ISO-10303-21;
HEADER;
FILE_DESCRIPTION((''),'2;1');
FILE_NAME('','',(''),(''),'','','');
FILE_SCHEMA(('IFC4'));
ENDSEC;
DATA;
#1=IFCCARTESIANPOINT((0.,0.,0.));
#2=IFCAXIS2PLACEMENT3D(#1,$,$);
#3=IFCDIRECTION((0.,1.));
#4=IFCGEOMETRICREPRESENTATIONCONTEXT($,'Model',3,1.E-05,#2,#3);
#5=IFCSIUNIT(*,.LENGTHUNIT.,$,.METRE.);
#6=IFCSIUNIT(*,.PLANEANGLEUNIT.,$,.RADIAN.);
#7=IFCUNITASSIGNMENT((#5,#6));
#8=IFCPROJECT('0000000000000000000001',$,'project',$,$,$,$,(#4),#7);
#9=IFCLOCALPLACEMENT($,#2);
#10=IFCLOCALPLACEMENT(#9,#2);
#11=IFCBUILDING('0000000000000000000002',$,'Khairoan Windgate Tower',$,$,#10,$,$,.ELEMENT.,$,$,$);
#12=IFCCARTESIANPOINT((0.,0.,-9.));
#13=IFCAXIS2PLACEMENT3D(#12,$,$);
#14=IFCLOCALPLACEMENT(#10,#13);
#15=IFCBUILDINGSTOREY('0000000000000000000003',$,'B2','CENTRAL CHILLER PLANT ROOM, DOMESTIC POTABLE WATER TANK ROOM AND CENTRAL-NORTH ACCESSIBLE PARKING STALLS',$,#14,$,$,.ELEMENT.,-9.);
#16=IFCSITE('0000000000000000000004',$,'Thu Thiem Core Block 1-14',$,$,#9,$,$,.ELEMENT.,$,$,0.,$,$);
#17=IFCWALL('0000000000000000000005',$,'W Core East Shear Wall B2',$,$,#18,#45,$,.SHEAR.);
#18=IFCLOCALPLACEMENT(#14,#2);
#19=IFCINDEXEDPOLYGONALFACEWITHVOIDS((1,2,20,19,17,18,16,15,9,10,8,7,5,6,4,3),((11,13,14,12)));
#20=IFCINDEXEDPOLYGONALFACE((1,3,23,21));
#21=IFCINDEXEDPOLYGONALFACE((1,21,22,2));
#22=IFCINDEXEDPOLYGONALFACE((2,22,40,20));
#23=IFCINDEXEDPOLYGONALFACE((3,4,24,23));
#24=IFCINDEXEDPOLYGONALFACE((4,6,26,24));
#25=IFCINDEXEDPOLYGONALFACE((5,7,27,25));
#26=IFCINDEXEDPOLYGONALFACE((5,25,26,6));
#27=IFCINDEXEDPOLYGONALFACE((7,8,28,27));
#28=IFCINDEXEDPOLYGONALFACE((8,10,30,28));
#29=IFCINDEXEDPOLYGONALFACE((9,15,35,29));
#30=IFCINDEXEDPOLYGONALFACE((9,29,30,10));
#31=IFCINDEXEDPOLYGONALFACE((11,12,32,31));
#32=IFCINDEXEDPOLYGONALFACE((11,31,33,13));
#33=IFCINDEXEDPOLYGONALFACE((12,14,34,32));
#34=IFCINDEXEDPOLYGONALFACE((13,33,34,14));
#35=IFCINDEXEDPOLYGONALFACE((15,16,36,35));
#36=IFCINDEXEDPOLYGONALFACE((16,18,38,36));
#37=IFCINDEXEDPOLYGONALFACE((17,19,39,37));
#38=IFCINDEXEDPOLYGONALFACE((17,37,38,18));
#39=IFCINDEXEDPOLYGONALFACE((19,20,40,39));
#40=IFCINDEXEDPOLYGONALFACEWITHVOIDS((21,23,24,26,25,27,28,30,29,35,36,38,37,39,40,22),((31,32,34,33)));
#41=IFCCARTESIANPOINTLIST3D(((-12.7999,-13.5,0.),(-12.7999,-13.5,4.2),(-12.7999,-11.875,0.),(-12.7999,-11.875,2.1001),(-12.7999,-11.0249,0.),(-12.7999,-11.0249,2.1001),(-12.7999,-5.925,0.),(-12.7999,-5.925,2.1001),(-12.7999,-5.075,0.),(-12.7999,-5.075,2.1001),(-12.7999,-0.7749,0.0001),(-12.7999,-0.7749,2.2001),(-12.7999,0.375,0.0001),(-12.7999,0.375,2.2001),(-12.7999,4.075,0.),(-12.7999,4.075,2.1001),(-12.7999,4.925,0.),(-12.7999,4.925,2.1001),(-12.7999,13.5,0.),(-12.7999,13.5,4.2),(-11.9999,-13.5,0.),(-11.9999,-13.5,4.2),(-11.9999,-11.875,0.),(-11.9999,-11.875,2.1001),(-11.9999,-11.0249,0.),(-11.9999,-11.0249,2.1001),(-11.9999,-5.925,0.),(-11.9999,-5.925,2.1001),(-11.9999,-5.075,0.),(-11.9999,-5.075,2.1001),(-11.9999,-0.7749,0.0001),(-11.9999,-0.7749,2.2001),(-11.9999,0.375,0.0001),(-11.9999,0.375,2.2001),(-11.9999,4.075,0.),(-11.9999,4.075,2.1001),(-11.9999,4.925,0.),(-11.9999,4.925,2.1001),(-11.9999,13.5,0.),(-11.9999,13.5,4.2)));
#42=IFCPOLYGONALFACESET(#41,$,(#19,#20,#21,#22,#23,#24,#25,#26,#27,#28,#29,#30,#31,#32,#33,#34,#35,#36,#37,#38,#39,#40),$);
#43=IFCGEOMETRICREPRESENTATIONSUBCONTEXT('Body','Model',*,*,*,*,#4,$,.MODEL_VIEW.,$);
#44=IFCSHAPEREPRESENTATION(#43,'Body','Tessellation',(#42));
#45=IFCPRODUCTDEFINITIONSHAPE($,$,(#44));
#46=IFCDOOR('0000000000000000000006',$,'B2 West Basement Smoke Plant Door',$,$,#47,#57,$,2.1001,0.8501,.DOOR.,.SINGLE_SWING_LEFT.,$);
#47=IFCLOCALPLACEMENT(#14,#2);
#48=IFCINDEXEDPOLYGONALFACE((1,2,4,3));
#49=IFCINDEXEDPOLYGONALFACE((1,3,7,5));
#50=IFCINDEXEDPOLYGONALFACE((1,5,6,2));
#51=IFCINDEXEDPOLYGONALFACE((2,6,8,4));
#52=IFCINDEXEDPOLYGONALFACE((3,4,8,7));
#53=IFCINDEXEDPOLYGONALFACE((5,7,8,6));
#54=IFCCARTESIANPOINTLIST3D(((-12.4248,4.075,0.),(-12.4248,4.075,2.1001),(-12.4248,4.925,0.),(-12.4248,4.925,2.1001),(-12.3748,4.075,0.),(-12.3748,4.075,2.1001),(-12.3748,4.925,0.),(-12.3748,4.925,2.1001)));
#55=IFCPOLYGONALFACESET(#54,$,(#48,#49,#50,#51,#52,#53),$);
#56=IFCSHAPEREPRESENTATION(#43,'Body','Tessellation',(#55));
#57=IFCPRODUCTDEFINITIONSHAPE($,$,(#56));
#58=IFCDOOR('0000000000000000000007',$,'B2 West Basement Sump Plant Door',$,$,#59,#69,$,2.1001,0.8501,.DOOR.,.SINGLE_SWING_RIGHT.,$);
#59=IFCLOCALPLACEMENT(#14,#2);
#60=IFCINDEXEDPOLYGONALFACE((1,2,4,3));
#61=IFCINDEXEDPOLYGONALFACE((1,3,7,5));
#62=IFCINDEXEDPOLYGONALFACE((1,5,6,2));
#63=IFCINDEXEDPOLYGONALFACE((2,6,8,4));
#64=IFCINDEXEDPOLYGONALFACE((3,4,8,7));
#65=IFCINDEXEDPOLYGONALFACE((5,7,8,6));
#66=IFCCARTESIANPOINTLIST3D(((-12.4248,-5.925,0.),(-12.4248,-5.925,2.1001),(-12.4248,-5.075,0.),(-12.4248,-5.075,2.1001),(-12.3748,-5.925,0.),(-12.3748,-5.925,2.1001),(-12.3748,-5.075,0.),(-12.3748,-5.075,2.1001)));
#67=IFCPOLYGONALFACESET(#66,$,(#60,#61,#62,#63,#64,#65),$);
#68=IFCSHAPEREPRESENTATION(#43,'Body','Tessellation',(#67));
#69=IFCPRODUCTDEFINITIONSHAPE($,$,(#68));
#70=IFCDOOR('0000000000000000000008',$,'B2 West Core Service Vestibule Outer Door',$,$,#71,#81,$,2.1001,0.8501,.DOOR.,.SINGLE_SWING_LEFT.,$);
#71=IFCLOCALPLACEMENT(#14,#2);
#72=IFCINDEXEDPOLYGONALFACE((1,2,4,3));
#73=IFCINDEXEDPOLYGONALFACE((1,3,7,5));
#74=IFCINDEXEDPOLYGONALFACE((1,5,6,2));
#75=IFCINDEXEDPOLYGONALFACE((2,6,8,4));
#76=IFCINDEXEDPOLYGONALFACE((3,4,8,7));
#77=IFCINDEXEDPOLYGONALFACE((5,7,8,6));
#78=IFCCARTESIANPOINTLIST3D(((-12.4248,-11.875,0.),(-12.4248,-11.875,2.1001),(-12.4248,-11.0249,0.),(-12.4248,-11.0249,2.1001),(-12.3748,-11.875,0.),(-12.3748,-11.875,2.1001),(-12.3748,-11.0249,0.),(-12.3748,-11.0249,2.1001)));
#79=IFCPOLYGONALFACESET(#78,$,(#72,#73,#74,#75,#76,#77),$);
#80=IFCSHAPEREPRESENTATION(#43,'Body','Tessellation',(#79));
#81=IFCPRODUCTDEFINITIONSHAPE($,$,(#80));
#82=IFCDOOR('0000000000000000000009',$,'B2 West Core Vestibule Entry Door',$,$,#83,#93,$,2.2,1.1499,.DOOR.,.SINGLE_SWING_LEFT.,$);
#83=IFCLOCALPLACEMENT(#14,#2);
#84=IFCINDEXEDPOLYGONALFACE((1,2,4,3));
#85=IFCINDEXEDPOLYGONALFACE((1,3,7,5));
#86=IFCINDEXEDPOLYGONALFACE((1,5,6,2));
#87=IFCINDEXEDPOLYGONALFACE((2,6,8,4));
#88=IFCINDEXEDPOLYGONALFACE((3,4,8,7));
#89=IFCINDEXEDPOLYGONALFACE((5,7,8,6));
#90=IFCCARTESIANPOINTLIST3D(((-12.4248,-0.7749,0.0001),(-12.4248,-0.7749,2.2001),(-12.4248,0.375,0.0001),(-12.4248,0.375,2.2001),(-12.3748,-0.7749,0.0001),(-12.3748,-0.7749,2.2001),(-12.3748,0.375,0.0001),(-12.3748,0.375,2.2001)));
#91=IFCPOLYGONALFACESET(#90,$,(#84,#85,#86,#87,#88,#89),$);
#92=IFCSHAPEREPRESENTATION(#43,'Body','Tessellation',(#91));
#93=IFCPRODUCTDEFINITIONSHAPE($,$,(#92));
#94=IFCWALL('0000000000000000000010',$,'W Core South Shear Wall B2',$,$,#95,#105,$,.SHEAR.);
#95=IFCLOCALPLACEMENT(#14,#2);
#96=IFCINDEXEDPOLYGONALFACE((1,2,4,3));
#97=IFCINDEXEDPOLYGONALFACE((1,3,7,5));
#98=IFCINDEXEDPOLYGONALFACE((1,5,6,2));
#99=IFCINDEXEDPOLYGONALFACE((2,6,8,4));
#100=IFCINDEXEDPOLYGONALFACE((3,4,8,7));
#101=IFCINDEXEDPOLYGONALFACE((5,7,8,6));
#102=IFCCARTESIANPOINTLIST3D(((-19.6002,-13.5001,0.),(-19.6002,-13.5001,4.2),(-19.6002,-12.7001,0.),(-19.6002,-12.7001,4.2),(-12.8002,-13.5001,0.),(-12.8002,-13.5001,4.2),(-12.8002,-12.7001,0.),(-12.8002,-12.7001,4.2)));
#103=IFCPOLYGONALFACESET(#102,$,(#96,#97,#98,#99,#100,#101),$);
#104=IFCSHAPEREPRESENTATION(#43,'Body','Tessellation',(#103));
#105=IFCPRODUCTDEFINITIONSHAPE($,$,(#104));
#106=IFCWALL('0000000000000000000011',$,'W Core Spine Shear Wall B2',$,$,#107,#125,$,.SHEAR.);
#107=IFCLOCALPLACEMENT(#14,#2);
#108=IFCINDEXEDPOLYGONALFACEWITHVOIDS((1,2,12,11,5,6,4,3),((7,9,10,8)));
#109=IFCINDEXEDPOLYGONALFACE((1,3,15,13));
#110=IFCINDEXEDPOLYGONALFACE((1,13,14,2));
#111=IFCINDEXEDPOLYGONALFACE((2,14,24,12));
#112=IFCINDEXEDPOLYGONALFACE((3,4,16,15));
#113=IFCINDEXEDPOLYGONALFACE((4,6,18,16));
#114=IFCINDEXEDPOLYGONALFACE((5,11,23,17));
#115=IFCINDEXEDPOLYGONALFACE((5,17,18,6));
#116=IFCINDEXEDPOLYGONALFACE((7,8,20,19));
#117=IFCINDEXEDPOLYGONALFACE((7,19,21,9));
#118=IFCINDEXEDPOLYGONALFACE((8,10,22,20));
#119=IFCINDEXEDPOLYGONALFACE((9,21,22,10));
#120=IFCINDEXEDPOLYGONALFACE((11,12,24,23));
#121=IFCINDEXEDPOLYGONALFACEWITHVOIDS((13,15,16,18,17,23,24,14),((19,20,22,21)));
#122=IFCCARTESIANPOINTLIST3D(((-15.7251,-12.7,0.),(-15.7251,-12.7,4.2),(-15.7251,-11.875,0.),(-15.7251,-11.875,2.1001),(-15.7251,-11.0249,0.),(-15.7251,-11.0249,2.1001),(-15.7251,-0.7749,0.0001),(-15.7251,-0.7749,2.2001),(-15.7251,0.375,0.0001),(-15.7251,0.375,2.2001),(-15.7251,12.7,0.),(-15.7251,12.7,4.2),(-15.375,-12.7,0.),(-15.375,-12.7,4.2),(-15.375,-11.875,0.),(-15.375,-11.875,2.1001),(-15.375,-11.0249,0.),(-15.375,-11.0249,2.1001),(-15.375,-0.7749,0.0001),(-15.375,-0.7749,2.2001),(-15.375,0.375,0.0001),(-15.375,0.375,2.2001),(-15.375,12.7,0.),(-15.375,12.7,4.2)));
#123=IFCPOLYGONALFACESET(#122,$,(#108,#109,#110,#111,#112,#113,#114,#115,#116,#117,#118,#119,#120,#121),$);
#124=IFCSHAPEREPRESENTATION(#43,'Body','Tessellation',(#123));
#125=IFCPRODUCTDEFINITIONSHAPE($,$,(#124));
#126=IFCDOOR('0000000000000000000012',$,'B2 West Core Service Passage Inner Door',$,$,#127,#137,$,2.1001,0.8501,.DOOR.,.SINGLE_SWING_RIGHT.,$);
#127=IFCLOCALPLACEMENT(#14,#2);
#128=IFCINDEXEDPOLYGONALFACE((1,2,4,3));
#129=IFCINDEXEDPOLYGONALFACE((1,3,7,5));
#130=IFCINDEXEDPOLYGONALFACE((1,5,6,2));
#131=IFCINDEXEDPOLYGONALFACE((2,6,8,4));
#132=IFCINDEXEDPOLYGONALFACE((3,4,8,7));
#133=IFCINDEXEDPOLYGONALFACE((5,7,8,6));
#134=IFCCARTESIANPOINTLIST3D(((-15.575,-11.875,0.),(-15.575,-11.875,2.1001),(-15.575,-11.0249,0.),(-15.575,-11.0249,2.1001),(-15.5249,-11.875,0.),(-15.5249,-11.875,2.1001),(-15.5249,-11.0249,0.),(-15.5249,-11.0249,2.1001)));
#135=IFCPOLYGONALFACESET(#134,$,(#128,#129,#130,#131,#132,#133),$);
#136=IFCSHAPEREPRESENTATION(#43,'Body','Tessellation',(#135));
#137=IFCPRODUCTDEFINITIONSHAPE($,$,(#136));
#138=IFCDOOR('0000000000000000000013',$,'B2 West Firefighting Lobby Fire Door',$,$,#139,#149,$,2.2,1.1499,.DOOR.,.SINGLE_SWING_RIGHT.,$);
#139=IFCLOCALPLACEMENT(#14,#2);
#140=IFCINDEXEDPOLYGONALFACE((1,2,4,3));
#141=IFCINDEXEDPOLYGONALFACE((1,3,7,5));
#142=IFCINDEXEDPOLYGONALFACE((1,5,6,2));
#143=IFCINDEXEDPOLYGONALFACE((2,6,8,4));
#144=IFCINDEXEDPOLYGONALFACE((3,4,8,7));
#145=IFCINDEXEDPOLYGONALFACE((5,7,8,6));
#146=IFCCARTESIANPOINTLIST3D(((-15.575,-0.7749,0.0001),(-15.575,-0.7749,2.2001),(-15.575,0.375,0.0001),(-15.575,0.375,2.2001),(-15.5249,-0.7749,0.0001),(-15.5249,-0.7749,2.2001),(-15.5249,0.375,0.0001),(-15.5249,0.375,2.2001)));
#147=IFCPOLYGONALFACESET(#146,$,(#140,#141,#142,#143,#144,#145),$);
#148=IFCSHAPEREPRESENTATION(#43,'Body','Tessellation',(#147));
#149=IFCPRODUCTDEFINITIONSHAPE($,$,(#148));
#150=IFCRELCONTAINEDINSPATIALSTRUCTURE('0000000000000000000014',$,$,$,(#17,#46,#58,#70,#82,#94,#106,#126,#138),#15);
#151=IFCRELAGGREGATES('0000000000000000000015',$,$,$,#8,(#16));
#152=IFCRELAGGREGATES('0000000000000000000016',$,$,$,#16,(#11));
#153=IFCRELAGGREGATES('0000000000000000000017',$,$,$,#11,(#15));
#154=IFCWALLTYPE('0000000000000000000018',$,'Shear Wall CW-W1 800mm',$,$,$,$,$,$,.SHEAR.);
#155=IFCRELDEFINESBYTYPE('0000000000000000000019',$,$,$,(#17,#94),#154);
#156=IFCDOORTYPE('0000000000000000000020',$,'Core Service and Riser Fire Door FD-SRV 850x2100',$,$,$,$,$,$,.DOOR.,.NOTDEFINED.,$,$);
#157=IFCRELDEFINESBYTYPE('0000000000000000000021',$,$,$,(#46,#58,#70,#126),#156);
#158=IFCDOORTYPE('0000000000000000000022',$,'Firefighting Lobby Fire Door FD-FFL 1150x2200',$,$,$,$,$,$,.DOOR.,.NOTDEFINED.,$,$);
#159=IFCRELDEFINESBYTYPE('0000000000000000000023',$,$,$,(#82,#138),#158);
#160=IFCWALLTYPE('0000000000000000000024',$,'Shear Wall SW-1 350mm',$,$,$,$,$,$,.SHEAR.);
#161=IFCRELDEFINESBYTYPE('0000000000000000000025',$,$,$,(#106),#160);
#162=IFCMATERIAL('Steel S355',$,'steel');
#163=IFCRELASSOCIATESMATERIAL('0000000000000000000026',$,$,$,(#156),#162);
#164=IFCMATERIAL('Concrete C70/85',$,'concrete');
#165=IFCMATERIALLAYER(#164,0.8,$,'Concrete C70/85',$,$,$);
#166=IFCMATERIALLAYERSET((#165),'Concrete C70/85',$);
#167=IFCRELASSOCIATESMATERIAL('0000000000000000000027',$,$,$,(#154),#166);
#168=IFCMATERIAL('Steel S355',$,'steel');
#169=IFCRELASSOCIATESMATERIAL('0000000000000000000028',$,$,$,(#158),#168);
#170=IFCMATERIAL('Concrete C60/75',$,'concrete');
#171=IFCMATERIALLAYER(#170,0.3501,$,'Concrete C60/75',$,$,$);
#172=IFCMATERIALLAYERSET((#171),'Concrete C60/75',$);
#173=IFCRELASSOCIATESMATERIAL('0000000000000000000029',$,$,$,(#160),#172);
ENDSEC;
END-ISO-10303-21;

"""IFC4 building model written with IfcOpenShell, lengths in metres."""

from ifc_helpers import new_model, si_unit, direction, frame, frame_2d, origin, place, context, subcontext, project, spatial, rectangle, extrude, material, layer, layer_set, type_object, element, fill, save


model = new_model("IFC4")

# Units and contexts
model_context = context("Model", 3, precision=1e-05, world=origin(), true_north=direction((0.0, 1.0)))
body_context = subcontext(model_context, "Body", "Model", "MODEL_VIEW")
ifc_project = project(units=[si_unit("LENGTHUNIT", "METRE"), si_unit("PLANEANGLEUNIT", "RADIAN")], contexts=[model_context])

# Site, building, storey
site_placement = place(None, origin())
site = spatial("IfcSite", under=ifc_project, at=site_placement, Name="Thu Thiem Core Block 1-14", CompositionType="ELEMENT", RefElevation=0.0)
building_placement = place(site_placement, origin())
building = spatial("IfcBuilding", under=site, at=building_placement, Name="Khairoan Windgate Tower", CompositionType="ELEMENT")
storey_placement = place(building_placement, frame((0.0, 0.0, -9.0)))
storey = spatial("IfcBuildingStorey", under=building, at=storey_placement, Name="B2", Description="CENTRAL CHILLER PLANT ROOM, DOMESTIC POTABLE WATER TANK ROOM AND CENTRAL-NORTH ACCESSIBLE PARKING STALLS", CompositionType="ELEMENT", Elevation=-9.0)

# Shared definitions
ifc_material_1 = material(Name="Steel S355", Category="steel")
door_type_1 = type_object("IfcDoorType", Name="Core Service and Riser Fire Door FD-SRV 850x2100", OperationType="NOTDEFINED", PredefinedType="DOOR", material=ifc_material_1)

# Shared definitions
ifc_material_2 = material(Name="Concrete C70/85", Category="concrete")
ifc_layer_1 = layer(ifc_material_2, 0.8, Name="Concrete C70/85")
ifc_layer_set_1 = layer_set([ifc_layer_1], Name="Concrete C70/85")
wall_type_1 = type_object("IfcWallType", Name="Shear Wall CW-W1 800mm", PredefinedType="SHEAR", material=ifc_layer_set_1)

# Wall, openings, doors
wall_1_placement = place(storey_placement, frame((-12.3999, -13.5, 0.0), z_axis=(0.0, 0.0, 1.0), x_axis=(0.0, 1.0, 0.0)))
wall_1 = element("IfcWall", 1, at=wall_1_placement, inside=storey, type_object=wall_type_1, Name="W Core East Shear Wall B2", PredefinedType="SHEAR", context=body_context, shape_type="SweptSolid", body=[
    extrude(rectangle(XDim=27.0, YDim=0.8, at=frame_2d((13.5, 0.0))), origin(), (0.0, 0.0, 1.0), 4.2),
])
opening_1_placement = place(wall_1_placement, frame((17.575, 0.0, 0.0)))
opening_1 = element("IfcOpeningElement", 2, at=opening_1_placement, cuts=wall_1, PredefinedType="OPENING", context=body_context, shape_type="SweptSolid", body=[
    extrude(rectangle(XDim=0.8501, YDim=2.1001, at=frame_2d((0.425, 1.05))), frame((0.0, 0.4099, 0.0), z_axis=(0.0, -1.0, 0.0), x_axis=(1.0, 0.0, 0.0)), (0.0, 0.0, 1.0), 0.8201),
])
opening_2_placement = place(wall_1_placement, frame((7.575, 0.0, 0.0)))
opening_2 = element("IfcOpeningElement", 3, at=opening_2_placement, cuts=wall_1, PredefinedType="OPENING", context=body_context, shape_type="SweptSolid", body=[
    extrude(rectangle(XDim=0.8501, YDim=2.1001, at=frame_2d((0.425, 1.05))), frame((0.0, 0.4099, 0.0), z_axis=(0.0, -1.0, 0.0), x_axis=(1.0, 0.0, 0.0)), (0.0, 0.0, 1.0), 0.8201),
])
opening_3_placement = place(wall_1_placement, frame((12.7251, 0.0, 0.0)))
opening_3 = element("IfcOpeningElement", 4, at=opening_3_placement, cuts=wall_1, PredefinedType="OPENING", context=body_context, shape_type="SweptSolid", body=[
    extrude(rectangle(XDim=1.1499, YDim=2.2, at=frame_2d((0.575, 1.1001))), frame((0.0, 0.4099, 0.0), z_axis=(0.0, -1.0, 0.0), x_axis=(1.0, 0.0, 0.0)), (0.0, 0.0, 1.0), 0.8201),
])
opening_4_placement = place(wall_1_placement, frame((1.625, 0.0, 0.0)))
opening_4 = element("IfcOpeningElement", 5, at=opening_4_placement, cuts=wall_1, PredefinedType="OPENING", context=body_context, shape_type="SweptSolid", body=[
    extrude(rectangle(XDim=0.8501, YDim=2.1001, at=frame_2d((0.425, 1.05))), frame((0.0, 0.4099, 0.0), z_axis=(0.0, -1.0, 0.0), x_axis=(1.0, 0.0, 0.0)), (0.0, 0.0, 1.0), 0.8201),
])
door_1_placement = place(opening_1_placement, origin())
door_1 = element("IfcDoor", 6, at=door_1_placement, inside=storey, type_object=door_type_1, Name="B2 West Basement Smoke Plant Door", OperationType="SINGLE_SWING_LEFT", OverallHeight=2.1001, OverallWidth=0.8501, PredefinedType="DOOR", context=body_context, shape_type="SweptSolid", body=[
    extrude(rectangle(XDim=0.8501, YDim=2.1001, at=frame_2d((0.425, 1.05))), frame((0.0, 0.0249, 0.0), z_axis=(0.0, -1.0, 0.0), x_axis=(1.0, 0.0, 0.0)), (0.0, 0.0, 1.0), 0.05),
])
fill(opening_1, door_1)
door_2_placement = place(opening_2_placement, origin())
door_2 = element("IfcDoor", 7, at=door_2_placement, inside=storey, type_object=door_type_1, Name="B2 West Basement Sump Plant Door", OperationType="SINGLE_SWING_RIGHT", OverallHeight=2.1001, OverallWidth=0.8501, PredefinedType="DOOR", context=body_context, shape_type="SweptSolid", body=[
    extrude(rectangle(XDim=0.8501, YDim=2.1001, at=frame_2d((0.425, 1.05))), frame((0.0, 0.0249, 0.0), z_axis=(0.0, -1.0, 0.0), x_axis=(1.0, 0.0, 0.0)), (0.0, 0.0, 1.0), 0.05),
])
fill(opening_2, door_2)
door_3_placement = place(opening_4_placement, origin())
door_3 = element("IfcDoor", 8, at=door_3_placement, inside=storey, type_object=door_type_1, Name="B2 West Core Service Vestibule Outer Door", OperationType="SINGLE_SWING_LEFT", OverallHeight=2.1001, OverallWidth=0.8501, PredefinedType="DOOR", context=body_context, shape_type="SweptSolid", body=[
    extrude(rectangle(XDim=0.8501, YDim=2.1001, at=frame_2d((0.425, 1.05))), frame((0.0, 0.0249, 0.0), z_axis=(0.0, -1.0, 0.0), x_axis=(1.0, 0.0, 0.0)), (0.0, 0.0, 1.0), 0.05),
])
fill(opening_4, door_3)
ifc_material_3 = material(Name="Steel S355", Category="steel")
door_type_2 = type_object("IfcDoorType", Name="Firefighting Lobby Fire Door FD-FFL 1150x2200", OperationType="NOTDEFINED", PredefinedType="DOOR", material=ifc_material_3)
door_4_placement = place(opening_3_placement, origin())
door_4 = element("IfcDoor", 9, at=door_4_placement, inside=storey, type_object=door_type_2, Name="B2 West Core Vestibule Entry Door", OperationType="SINGLE_SWING_LEFT", OverallHeight=2.2, OverallWidth=1.1499, PredefinedType="DOOR", context=body_context, shape_type="SweptSolid", body=[
    extrude(rectangle(XDim=1.1499, YDim=2.2, at=frame_2d((0.575, 1.1001))), frame((0.0, 0.0249, 0.0), z_axis=(0.0, -1.0, 0.0), x_axis=(1.0, 0.0, 0.0)), (0.0, 0.0, 1.0), 0.05),
])
fill(opening_3, door_4)

# Wall
wall_2_placement = place(storey_placement, frame((-19.6001, -13.1001, 0.0), z_axis=(0.0, 0.0, 1.0), x_axis=(1.0, 0.0, 0.0)))
element("IfcWall", 10, at=wall_2_placement, inside=storey, type_object=wall_type_1, Name="W Core South Shear Wall B2", PredefinedType="SHEAR", context=body_context, shape_type="SweptSolid", body=[
    extrude(rectangle(XDim=6.8, YDim=0.8, at=frame_2d((3.3999, 0.0))), origin(), (0.0, 0.0, 1.0), 4.2),
])

# Wall, openings, doors
ifc_material_4 = material(Name="Concrete C60/75", Category="concrete")
ifc_layer_2 = layer(ifc_material_4, 0.3501, Name="Concrete C60/75")
ifc_layer_set_2 = layer_set([ifc_layer_2], Name="Concrete C60/75")
wall_type_2 = type_object("IfcWallType", Name="Shear Wall SW-1 350mm", PredefinedType="SHEAR", material=ifc_layer_set_2)
wall_3_placement = place(storey_placement, frame((-15.55, -12.7, 0.0), z_axis=(0.0, 0.0, 1.0), x_axis=(0.0, 1.0, 0.0)))
wall_3 = element("IfcWall", 11, at=wall_3_placement, inside=storey, type_object=wall_type_2, Name="W Core Spine Shear Wall B2", PredefinedType="SHEAR", context=body_context, shape_type="SweptSolid", body=[
    extrude(rectangle(XDim=25.3999, YDim=0.3501, at=frame_2d((12.7, 0.0))), origin(), (0.0, 0.0, 1.0), 4.2),
])
opening_5_placement = place(wall_3_placement, frame((11.925, 0.0, 0.0)))
opening_5 = element("IfcOpeningElement", 12, at=opening_5_placement, cuts=wall_3, PredefinedType="OPENING", context=body_context, shape_type="SweptSolid", body=[
    extrude(rectangle(XDim=1.1499, YDim=2.2, at=frame_2d((0.575, 1.1001))), frame((0.0, 0.1851, 0.0), z_axis=(0.0, -1.0, 0.0), x_axis=(1.0, 0.0, 0.0)), (0.0, 0.0, 1.0), 0.3701),
])
opening_6_placement = place(wall_3_placement, frame((0.825, 0.0, 0.0)))
opening_6 = element("IfcOpeningElement", 13, at=opening_6_placement, cuts=wall_3, PredefinedType="OPENING", context=body_context, shape_type="SweptSolid", body=[
    extrude(rectangle(XDim=0.8501, YDim=2.1001, at=frame_2d((0.425, 1.05))), frame((0.0, 0.1851, 0.0), z_axis=(0.0, -1.0, 0.0), x_axis=(1.0, 0.0, 0.0)), (0.0, 0.0, 1.0), 0.3701),
])
door_5_placement = place(opening_6_placement, origin())
door_5 = element("IfcDoor", 14, at=door_5_placement, inside=storey, type_object=door_type_1, Name="B2 West Core Service Passage Inner Door", OperationType="SINGLE_SWING_RIGHT", OverallHeight=2.1001, OverallWidth=0.8501, PredefinedType="DOOR", context=body_context, shape_type="SweptSolid", body=[
    extrude(rectangle(XDim=0.8501, YDim=2.1001, at=frame_2d((0.425, 1.05))), frame((0.0, 0.0249, 0.0), z_axis=(0.0, -1.0, 0.0), x_axis=(1.0, 0.0, 0.0)), (0.0, 0.0, 1.0), 0.05),
])
fill(opening_6, door_5)
door_6_placement = place(opening_5_placement, origin())
door_6 = element("IfcDoor", 15, at=door_6_placement, inside=storey, type_object=door_type_2, Name="B2 West Firefighting Lobby Fire Door", OperationType="SINGLE_SWING_RIGHT", OverallHeight=2.2, OverallWidth=1.1499, PredefinedType="DOOR", context=body_context, shape_type="SweptSolid", body=[
    extrude(rectangle(XDim=1.1499, YDim=2.2, at=frame_2d((0.575, 1.1001))), frame((0.0, 0.0249, 0.0), z_axis=(0.0, -1.0, 0.0), x_axis=(1.0, 0.0, 0.0)), (0.0, 0.0, 1.0), 0.05),
])
fill(opening_5, door_6)

save(model, "model.ifc")
